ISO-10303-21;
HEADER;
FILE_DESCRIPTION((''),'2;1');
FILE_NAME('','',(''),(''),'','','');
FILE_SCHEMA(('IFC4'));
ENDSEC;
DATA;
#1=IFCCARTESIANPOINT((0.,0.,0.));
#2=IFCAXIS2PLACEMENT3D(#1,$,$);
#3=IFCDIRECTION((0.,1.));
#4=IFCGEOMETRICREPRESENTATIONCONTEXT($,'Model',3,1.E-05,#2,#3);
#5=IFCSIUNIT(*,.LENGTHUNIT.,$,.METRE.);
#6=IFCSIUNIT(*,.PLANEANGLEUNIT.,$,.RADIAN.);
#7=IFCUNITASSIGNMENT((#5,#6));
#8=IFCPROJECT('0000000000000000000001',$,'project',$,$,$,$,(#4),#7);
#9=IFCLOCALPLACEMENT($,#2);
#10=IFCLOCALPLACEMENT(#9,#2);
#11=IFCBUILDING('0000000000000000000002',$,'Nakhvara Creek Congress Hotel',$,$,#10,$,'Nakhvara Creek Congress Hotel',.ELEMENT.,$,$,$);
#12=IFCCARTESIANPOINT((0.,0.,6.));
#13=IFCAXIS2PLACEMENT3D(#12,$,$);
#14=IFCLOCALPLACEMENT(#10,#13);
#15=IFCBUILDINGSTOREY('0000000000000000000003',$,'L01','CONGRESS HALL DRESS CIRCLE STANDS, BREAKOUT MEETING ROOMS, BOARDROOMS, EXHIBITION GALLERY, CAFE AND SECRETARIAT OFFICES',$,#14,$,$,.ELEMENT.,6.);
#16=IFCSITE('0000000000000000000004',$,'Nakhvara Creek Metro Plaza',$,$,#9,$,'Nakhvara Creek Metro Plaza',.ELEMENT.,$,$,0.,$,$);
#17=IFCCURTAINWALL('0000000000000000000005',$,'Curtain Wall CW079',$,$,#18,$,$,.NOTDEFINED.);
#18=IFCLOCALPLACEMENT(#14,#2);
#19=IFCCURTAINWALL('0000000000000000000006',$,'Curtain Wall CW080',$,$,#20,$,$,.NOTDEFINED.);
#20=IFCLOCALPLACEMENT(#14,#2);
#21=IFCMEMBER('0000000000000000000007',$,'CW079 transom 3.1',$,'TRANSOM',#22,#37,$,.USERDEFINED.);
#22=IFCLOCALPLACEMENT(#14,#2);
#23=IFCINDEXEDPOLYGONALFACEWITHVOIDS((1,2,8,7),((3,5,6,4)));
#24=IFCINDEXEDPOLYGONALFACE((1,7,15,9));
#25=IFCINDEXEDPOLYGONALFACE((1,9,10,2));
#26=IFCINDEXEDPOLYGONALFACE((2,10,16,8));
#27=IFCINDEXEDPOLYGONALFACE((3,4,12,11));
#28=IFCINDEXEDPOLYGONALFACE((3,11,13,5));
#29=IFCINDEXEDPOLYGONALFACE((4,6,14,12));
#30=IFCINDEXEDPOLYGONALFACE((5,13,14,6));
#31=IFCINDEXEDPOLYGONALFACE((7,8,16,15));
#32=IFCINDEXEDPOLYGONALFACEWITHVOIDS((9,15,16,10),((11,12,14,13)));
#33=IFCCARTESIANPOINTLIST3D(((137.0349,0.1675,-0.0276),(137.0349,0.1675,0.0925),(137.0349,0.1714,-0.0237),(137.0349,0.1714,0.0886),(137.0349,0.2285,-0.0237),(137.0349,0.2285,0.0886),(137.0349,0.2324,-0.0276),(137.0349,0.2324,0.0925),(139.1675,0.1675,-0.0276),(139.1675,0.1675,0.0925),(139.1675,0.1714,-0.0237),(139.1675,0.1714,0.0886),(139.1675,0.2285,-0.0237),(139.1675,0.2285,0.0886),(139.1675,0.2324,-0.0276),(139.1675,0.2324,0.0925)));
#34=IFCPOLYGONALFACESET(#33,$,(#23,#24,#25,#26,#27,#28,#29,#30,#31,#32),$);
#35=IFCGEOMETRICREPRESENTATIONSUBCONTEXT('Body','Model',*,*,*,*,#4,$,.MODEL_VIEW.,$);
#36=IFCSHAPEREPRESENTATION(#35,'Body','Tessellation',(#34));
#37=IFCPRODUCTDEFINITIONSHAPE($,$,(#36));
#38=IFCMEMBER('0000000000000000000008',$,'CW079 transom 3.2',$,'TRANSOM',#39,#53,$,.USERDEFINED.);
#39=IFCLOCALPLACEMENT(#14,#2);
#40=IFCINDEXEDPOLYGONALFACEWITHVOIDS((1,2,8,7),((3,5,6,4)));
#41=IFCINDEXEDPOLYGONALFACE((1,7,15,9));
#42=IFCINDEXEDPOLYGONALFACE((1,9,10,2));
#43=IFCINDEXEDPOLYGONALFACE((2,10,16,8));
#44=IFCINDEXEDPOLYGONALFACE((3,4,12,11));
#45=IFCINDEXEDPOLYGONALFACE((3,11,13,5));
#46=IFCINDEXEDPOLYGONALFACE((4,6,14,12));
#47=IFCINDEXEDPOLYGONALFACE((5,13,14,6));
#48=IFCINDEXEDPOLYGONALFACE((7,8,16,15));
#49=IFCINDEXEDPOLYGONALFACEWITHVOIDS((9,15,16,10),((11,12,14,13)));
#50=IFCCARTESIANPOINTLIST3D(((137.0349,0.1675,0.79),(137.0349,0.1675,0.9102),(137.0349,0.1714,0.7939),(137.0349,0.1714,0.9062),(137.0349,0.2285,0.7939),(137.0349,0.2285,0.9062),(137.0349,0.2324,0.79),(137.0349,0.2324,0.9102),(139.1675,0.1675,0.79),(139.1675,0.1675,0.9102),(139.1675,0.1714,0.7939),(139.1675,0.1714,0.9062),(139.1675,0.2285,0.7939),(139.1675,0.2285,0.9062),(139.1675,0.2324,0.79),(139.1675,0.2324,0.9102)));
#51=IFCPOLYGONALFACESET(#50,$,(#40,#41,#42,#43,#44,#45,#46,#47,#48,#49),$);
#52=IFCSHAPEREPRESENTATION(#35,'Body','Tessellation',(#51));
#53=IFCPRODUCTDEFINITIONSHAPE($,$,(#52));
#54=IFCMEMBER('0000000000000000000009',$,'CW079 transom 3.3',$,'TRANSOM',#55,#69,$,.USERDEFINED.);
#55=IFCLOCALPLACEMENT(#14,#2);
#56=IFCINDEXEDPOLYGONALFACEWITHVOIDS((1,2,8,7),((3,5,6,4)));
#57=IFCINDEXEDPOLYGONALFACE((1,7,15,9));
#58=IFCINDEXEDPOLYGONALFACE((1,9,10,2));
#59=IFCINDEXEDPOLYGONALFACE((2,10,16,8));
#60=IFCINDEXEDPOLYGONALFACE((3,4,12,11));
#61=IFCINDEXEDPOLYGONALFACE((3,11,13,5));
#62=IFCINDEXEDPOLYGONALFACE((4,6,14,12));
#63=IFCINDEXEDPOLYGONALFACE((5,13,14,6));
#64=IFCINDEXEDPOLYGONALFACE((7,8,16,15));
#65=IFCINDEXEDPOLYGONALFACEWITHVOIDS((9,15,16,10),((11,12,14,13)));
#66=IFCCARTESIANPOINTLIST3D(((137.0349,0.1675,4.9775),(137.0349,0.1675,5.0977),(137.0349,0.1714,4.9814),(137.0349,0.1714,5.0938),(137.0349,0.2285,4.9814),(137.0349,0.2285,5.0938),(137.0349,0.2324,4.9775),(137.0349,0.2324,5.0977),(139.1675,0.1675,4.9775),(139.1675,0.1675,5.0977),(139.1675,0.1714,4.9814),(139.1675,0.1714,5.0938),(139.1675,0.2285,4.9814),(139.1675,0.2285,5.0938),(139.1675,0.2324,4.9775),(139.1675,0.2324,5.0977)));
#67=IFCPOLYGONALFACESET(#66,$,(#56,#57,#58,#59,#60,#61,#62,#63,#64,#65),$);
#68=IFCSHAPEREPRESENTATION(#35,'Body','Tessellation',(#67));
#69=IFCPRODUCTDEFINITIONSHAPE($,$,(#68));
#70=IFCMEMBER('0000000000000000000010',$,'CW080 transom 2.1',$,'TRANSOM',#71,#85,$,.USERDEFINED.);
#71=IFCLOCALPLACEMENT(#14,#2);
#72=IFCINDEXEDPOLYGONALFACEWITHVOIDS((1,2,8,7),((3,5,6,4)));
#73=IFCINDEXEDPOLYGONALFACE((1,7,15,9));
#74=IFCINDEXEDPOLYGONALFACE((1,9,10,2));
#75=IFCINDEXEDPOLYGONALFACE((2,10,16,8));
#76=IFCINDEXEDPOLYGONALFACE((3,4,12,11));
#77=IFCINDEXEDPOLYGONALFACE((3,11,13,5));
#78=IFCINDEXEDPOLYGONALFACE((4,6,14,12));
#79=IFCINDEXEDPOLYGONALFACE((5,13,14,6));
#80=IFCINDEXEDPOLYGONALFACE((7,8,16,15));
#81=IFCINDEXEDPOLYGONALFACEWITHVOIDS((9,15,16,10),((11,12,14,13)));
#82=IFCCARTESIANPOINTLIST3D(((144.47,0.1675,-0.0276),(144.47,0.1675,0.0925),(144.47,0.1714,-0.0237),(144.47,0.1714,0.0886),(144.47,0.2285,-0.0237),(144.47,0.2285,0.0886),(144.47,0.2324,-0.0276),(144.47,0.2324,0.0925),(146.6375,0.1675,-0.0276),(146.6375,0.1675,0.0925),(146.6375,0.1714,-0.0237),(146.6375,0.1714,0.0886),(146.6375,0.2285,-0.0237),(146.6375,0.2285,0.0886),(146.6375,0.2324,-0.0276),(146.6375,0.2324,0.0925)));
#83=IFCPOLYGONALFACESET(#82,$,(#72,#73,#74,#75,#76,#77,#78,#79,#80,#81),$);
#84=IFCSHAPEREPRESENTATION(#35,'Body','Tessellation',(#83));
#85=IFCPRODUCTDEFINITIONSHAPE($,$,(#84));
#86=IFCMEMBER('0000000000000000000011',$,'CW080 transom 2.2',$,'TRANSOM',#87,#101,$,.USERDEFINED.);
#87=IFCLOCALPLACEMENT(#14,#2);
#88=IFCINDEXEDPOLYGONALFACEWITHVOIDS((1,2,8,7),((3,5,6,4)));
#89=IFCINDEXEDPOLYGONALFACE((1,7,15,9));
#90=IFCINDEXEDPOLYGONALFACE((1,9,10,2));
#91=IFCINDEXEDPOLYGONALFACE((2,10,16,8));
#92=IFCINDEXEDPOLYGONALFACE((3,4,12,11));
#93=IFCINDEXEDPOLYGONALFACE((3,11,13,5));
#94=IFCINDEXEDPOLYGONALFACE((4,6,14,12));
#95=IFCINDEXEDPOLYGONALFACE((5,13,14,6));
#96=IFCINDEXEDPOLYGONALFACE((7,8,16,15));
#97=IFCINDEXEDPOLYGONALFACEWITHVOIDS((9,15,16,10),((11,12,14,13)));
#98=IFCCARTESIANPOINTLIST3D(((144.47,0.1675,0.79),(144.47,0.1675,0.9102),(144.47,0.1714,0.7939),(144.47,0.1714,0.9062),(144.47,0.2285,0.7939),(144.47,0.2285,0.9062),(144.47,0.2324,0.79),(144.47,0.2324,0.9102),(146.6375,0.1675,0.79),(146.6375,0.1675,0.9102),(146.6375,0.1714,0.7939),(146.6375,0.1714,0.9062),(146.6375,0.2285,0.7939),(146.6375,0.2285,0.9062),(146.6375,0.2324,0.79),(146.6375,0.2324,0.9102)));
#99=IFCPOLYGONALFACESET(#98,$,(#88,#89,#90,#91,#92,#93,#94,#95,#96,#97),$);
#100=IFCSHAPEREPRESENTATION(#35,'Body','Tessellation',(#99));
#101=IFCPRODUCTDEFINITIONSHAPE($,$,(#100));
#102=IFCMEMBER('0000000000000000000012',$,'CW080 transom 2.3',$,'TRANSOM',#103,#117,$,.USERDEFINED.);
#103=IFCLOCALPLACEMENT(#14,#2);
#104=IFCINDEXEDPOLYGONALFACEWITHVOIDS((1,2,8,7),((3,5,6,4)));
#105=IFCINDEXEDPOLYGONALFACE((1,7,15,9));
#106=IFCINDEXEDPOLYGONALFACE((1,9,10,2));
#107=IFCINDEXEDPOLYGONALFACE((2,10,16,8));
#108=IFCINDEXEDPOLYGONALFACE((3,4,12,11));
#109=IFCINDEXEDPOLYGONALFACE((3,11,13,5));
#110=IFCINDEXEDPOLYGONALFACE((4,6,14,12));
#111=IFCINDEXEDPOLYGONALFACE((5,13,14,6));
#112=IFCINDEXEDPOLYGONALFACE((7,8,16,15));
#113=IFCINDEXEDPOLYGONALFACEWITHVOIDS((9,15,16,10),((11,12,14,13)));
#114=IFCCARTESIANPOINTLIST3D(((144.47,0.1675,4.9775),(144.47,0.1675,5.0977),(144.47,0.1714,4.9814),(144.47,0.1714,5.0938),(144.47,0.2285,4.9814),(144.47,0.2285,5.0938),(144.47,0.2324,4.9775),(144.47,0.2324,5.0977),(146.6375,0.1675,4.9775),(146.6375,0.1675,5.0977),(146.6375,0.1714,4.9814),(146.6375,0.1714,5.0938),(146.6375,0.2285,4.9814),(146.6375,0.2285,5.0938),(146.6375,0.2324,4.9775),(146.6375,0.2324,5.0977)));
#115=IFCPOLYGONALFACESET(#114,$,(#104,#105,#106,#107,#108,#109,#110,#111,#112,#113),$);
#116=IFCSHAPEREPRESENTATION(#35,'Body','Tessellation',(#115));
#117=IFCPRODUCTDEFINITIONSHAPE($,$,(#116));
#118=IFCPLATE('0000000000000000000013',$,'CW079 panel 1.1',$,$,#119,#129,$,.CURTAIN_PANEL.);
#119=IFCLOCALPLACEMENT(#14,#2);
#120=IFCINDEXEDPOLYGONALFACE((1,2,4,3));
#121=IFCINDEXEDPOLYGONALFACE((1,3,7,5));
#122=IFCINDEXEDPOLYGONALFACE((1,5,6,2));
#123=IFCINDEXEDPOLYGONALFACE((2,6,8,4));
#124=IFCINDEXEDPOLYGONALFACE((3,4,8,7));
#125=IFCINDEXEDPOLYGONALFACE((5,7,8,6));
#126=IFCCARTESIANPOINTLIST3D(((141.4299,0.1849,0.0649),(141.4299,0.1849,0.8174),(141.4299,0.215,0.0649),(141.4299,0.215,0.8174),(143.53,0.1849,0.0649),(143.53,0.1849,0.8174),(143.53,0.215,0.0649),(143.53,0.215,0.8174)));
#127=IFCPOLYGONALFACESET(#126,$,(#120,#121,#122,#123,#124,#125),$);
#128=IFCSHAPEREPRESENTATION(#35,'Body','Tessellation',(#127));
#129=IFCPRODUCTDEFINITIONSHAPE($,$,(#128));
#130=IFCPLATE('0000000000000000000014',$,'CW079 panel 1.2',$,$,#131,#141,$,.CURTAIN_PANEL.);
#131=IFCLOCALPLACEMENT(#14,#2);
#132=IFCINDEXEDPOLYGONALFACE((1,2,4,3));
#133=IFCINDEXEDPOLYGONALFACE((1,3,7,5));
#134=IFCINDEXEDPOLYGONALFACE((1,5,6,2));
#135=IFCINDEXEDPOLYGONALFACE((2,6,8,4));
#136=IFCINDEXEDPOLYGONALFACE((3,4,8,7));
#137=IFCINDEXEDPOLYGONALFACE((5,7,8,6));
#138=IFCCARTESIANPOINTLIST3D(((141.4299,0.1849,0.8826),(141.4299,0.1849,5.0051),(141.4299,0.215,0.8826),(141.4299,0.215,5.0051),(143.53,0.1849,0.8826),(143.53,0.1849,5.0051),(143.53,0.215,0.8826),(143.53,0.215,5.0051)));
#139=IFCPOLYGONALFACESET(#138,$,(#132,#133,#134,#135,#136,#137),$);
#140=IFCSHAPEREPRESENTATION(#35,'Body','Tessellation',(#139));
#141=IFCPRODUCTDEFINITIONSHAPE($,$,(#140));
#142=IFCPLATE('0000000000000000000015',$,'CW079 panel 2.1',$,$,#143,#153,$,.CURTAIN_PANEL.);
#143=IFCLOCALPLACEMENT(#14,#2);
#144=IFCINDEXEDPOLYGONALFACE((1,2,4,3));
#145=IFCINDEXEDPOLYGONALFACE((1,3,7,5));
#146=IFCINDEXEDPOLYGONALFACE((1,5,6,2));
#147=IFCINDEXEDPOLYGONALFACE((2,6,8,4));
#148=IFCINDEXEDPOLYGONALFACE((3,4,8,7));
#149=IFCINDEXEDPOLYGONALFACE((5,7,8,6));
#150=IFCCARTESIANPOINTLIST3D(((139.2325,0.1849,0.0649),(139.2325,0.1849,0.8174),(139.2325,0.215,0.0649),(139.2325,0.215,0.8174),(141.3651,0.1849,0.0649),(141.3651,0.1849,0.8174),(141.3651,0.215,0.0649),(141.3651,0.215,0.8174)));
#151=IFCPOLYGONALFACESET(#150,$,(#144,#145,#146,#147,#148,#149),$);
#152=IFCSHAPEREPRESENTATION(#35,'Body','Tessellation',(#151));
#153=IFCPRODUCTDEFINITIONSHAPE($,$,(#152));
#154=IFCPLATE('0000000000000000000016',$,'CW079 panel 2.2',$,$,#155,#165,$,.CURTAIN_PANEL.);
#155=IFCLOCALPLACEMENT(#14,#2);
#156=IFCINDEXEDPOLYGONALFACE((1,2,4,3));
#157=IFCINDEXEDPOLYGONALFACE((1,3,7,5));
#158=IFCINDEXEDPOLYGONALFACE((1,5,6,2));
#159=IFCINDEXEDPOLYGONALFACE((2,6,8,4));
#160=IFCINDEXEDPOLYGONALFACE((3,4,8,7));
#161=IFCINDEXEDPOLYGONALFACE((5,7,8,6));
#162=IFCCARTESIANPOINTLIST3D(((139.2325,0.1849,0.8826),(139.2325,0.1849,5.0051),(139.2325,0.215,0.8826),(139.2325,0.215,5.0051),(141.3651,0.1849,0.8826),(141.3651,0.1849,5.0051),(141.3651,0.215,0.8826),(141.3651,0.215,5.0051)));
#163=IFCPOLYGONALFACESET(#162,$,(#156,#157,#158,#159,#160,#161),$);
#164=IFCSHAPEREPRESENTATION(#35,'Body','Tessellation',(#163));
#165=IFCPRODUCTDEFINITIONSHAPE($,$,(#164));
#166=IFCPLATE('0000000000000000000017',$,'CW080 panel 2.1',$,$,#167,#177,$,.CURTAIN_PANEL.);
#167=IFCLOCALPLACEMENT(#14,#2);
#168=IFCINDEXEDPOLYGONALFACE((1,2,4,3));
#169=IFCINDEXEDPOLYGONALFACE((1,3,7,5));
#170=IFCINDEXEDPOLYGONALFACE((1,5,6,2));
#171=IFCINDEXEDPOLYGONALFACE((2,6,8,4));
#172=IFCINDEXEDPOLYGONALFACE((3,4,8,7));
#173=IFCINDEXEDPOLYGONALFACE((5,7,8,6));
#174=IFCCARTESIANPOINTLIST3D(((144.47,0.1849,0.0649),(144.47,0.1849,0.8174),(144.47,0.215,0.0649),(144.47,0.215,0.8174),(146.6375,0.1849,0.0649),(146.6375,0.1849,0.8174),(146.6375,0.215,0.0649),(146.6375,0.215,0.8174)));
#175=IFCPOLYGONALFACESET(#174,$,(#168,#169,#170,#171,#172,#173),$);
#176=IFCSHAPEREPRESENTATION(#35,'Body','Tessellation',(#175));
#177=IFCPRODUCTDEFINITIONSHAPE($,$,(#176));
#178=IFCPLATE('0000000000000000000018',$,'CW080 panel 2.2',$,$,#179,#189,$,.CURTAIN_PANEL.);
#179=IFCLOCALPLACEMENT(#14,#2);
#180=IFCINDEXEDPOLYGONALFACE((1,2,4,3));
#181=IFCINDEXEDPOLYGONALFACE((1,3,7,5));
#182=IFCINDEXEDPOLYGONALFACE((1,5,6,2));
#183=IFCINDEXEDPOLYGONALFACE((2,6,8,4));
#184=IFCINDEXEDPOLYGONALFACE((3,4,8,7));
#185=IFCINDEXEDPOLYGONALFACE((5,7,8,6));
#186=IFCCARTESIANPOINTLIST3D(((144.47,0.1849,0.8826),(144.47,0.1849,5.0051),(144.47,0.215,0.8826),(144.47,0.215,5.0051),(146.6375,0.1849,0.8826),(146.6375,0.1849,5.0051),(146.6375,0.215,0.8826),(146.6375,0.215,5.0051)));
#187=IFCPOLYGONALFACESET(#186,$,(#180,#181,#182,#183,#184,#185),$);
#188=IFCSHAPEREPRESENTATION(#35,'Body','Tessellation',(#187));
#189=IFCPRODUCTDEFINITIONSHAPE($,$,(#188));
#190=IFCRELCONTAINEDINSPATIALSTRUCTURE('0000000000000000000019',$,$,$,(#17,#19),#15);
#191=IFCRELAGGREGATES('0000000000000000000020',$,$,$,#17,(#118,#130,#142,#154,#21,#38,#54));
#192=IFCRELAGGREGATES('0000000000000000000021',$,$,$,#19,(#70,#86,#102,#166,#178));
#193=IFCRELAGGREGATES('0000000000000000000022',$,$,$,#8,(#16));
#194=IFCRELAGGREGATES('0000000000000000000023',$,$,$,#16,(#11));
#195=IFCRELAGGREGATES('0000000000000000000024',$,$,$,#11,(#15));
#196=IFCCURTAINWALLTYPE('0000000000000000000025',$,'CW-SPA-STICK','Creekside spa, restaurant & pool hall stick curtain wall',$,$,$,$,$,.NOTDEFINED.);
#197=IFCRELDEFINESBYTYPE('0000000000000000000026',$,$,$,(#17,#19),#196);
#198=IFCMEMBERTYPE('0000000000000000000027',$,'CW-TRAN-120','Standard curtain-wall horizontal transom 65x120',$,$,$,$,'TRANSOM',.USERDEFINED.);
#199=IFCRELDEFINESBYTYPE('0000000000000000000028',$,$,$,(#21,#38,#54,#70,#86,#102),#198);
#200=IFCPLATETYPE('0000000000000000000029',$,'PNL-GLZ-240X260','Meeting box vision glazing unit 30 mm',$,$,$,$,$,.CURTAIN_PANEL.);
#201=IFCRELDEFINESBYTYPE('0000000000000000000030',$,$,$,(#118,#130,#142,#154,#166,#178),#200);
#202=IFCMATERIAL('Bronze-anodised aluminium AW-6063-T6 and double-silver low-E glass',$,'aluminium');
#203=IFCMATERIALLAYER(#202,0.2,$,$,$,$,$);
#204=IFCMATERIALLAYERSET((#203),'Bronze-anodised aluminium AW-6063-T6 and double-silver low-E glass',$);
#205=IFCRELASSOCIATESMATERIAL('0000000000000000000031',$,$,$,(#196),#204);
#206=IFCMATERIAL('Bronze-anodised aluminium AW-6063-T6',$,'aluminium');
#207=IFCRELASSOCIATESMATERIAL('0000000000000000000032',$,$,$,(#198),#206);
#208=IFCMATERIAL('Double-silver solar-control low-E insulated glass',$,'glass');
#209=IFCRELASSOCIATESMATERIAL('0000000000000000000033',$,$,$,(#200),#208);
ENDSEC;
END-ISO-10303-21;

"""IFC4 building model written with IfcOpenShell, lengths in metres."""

from ifc_helpers import new_model, si_unit, direction, frame, origin, origin_2d, place, context, subcontext, project, spatial, rectangle, hollow_rectangle, extrude, material, layer, layer_set, material_profile, profile_set, type_object, element, aggregate, save


model = new_model("IFC4")

# Units and contexts
model_context = context("Model", 3, precision=1e-05, world=origin(), true_north=direction((0.0, 1.0)))
body_context = subcontext(model_context, "Body", "Model", "MODEL_VIEW")
ifc_project = project(units=[si_unit("LENGTHUNIT", "METRE"), si_unit("PLANEANGLEUNIT", "RADIAN")], contexts=[model_context])

# Site, building, storey
site_placement = place(None, origin())
site = spatial("IfcSite", under=ifc_project, at=site_placement, Name="Nakhvara Creek Metro Plaza", LongName="Nakhvara Creek Metro Plaza", CompositionType="ELEMENT", RefElevation=0.0)
building_placement = place(site_placement, origin())
building = spatial("IfcBuilding", under=site, at=building_placement, Name="Nakhvara Creek Congress Hotel", LongName="Nakhvara Creek Congress Hotel", CompositionType="ELEMENT")
storey_placement = place(building_placement, frame((0.0, 0.0, 6.0)))
storey = spatial("IfcBuildingStorey", under=building, at=storey_placement, Name="L01", Description="CONGRESS HALL DRESS CIRCLE STANDS, BREAKOUT MEETING ROOMS, BOARDROOMS, EXHIBITION GALLERY, CAFE AND SECRETARIAT OFFICES", CompositionType="ELEMENT", Elevation=6.0)

# Curtain walls
ifc_material_1 = material(Name="Bronze-anodised aluminium AW-6063-T6 and double-silver low-E glass", Category="aluminium")
ifc_layer = layer(ifc_material_1, 0.2)
ifc_layer_set = layer_set([ifc_layer], Name="Bronze-anodised aluminium AW-6063-T6 and double-silver low-E glass")
curtain_wall_type = type_object("IfcCurtainWallType", Name="CW-SPA-STICK", Description="Creekside spa, restaurant & pool hall stick curtain wall", PredefinedType="NOTDEFINED", material=ifc_layer_set)
curtain_wall_1_placement = place(storey_placement, origin())
curtain_wall_1 = element("IfcCurtainWall", 1, at=curtain_wall_1_placement, inside=storey, type_object=curtain_wall_type, Name="Curtain Wall CW079", PredefinedType="NOTDEFINED")
ifc_material_2 = material(Name="Bronze-anodised aluminium AW-6063-T6", Category="aluminium")
curtain_wall_2_placement = place(storey_placement, origin())
curtain_wall_2 = element("IfcCurtainWall", 2, at=curtain_wall_2_placement, inside=storey, type_object=curtain_wall_type, Name="Curtain Wall CW080", PredefinedType="NOTDEFINED")

# Members
ifc_material_profile_1 = material_profile(ifc_material_2, hollow_rectangle(XDim=0.0649, YDim=0.1201, WallThickness=0.0039, at=origin_2d()), Name="ALU-TRAN 65x120x4", Category="LoadBearing")
ifc_profile_set_1 = profile_set([ifc_material_profile_1], Name="Bronze-anodised aluminium AW-6063-T6")
member_type_1 = type_object("IfcMemberType", Name="CW-TRAN-120", Description="Standard curtain-wall horizontal transom 65x120", ElementType="TRANSOM", PredefinedType="USERDEFINED", material=ifc_profile_set_1)
member_1_placement = place(storey_placement, frame((139.1675, 0.2, 0.0325), z_axis=(-1.0, 0.0, 0.0), x_axis=(0.0, -1.0, 0.0)))
member_1 = element("IfcMember", 3, at=member_1_placement, type_object=member_type_1, Name="CW079 transom 3.1", ObjectType="TRANSOM", PredefinedType="USERDEFINED", context=body_context, shape_type="SweptSolid", body=[
    extrude(hollow_rectangle(XDim=0.0649, YDim=0.1201, WallThickness=0.0039, at=origin_2d()), origin(), (0.0, 0.0, 1.0), 2.1326),
])
member_2_placement = place(storey_placement, frame((139.1675, 0.2, 0.8501), z_axis=(-1.0, 0.0, 0.0), x_axis=(0.0, -1.0, 0.0)))
member_2 = element("IfcMember", 4, at=member_2_placement, type_object=member_type_1, Name="CW079 transom 3.2", ObjectType="TRANSOM", PredefinedType="USERDEFINED", context=body_context, shape_type="SweptSolid", body=[
    extrude(hollow_rectangle(XDim=0.0649, YDim=0.1201, WallThickness=0.0039, at=origin_2d()), origin(), (0.0, 0.0, 1.0), 2.1326),
])
member_3_placement = place(storey_placement, frame((139.1675, 0.2, 5.0376), z_axis=(-1.0, 0.0, 0.0), x_axis=(0.0, -1.0, 0.0)))
member_3 = element("IfcMember", 5, at=member_3_placement, type_object=member_type_1, Name="CW079 transom 3.3", ObjectType="TRANSOM", PredefinedType="USERDEFINED", context=body_context, shape_type="SweptSolid", body=[
    extrude(hollow_rectangle(XDim=0.0649, YDim=0.1201, WallThickness=0.0039, at=origin_2d()), origin(), (0.0, 0.0, 1.0), 2.1326),
])
member_4_placement = place(storey_placement, frame((146.6375, 0.2, 0.0325), z_axis=(-1.0, 0.0, 0.0), x_axis=(0.0, -1.0, 0.0)))
member_4 = element("IfcMember", 6, at=member_4_placement, type_object=member_type_1, Name="CW080 transom 2.1", ObjectType="TRANSOM", PredefinedType="USERDEFINED", context=body_context, shape_type="SweptSolid", body=[
    extrude(hollow_rectangle(XDim=0.0649, YDim=0.1201, WallThickness=0.0039, at=origin_2d()), origin(), (0.0, 0.0, 1.0), 2.1675),
])
member_5_placement = place(storey_placement, frame((146.6375, 0.2, 0.8501), z_axis=(-1.0, 0.0, 0.0), x_axis=(0.0, -1.0, 0.0)))
member_5 = element("IfcMember", 7, at=member_5_placement, type_object=member_type_1, Name="CW080 transom 2.2", ObjectType="TRANSOM", PredefinedType="USERDEFINED", context=body_context, shape_type="SweptSolid", body=[
    extrude(hollow_rectangle(XDim=0.0649, YDim=0.1201, WallThickness=0.0039, at=origin_2d()), origin(), (0.0, 0.0, 1.0), 2.1675),
])
member_6_placement = place(storey_placement, frame((146.6375, 0.2, 5.0376), z_axis=(-1.0, 0.0, 0.0), x_axis=(0.0, -1.0, 0.0)))
member_6 = element("IfcMember", 8, at=member_6_placement, type_object=member_type_1, Name="CW080 transom 2.3", ObjectType="TRANSOM", PredefinedType="USERDEFINED", context=body_context, shape_type="SweptSolid", body=[
    extrude(hollow_rectangle(XDim=0.0649, YDim=0.1201, WallThickness=0.0039, at=origin_2d()), origin(), (0.0, 0.0, 1.0), 2.1675),
])

# Plates
ifc_material_3 = material(Name="Double-silver solar-control low-E insulated glass", Category="glass")
plate_type = type_object("IfcPlateType", Name="PNL-GLZ-240X260", Description="Meeting box vision glazing unit 30 mm", PredefinedType="CURTAIN_PANEL", material=ifc_material_3)
plate_1_placement = place(storey_placement, frame((142.48, 0.2, 0.0649), z_axis=(0.0, 0.0, 1.0), x_axis=(-1.0, 0.0, 0.0)))
plate_1 = element("IfcPlate", 9, at=plate_1_placement, type_object=plate_type, Name="CW079 panel 1.1", PredefinedType="CURTAIN_PANEL", context=body_context, shape_type="SweptSolid", body=[
    extrude(rectangle(XDim=2.1001, YDim=0.03, at=origin_2d()), origin(), (0.0, 0.0, 1.0), 0.7524),
])
plate_2_placement = place(storey_placement, frame((142.48, 0.2, 0.8826), z_axis=(0.0, 0.0, 1.0), x_axis=(-1.0, 0.0, 0.0)))
plate_2 = element("IfcPlate", 10, at=plate_2_placement, type_object=plate_type, Name="CW079 panel 1.2", PredefinedType="CURTAIN_PANEL", context=body_context, shape_type="SweptSolid", body=[
    extrude(rectangle(XDim=2.1001, YDim=0.03, at=origin_2d()), origin(), (0.0, 0.0, 1.0), 4.1226),
])
plate_3_placement = place(storey_placement, frame((140.2988, 0.2, 0.0649), z_axis=(0.0, 0.0, 1.0), x_axis=(-1.0, 0.0, 0.0)))
plate_3 = element("IfcPlate", 11, at=plate_3_placement, type_object=plate_type, Name="CW079 panel 2.1", PredefinedType="CURTAIN_PANEL", context=body_context, shape_type="SweptSolid", body=[
    extrude(rectangle(XDim=2.1326, YDim=0.03, at=origin_2d()), origin(), (0.0, 0.0, 1.0), 0.7524),
])
plate_4_placement = place(storey_placement, frame((140.2988, 0.2, 0.8826), z_axis=(0.0, 0.0, 1.0), x_axis=(-1.0, 0.0, 0.0)))
plate_4 = element("IfcPlate", 12, at=plate_4_placement, type_object=plate_type, Name="CW079 panel 2.2", PredefinedType="CURTAIN_PANEL", context=body_context, shape_type="SweptSolid", body=[
    extrude(rectangle(XDim=2.1326, YDim=0.03, at=origin_2d()), origin(), (0.0, 0.0, 1.0), 4.1226),
])
aggregate(curtain_wall_1, [plate_1, plate_2, plate_3, plate_4, member_1, member_2, member_3])
plate_5_placement = place(storey_placement, frame((145.5537, 0.2, 0.0649), z_axis=(0.0, 0.0, 1.0), x_axis=(-1.0, 0.0, 0.0)))
plate_5 = element("IfcPlate", 13, at=plate_5_placement, type_object=plate_type, Name="CW080 panel 2.1", PredefinedType="CURTAIN_PANEL", context=body_context, shape_type="SweptSolid", body=[
    extrude(rectangle(XDim=2.1675, YDim=0.03, at=origin_2d()), origin(), (0.0, 0.0, 1.0), 0.7524),
])
plate_6_placement = place(storey_placement, frame((145.5537, 0.2, 0.8826), z_axis=(0.0, 0.0, 1.0), x_axis=(-1.0, 0.0, 0.0)))
plate_6 = element("IfcPlate", 14, at=plate_6_placement, type_object=plate_type, Name="CW080 panel 2.2", PredefinedType="CURTAIN_PANEL", context=body_context, shape_type="SweptSolid", body=[
    extrude(rectangle(XDim=2.1675, YDim=0.03, at=origin_2d()), origin(), (0.0, 0.0, 1.0), 4.1226),
])
aggregate(curtain_wall_2, [member_4, member_5, member_6, plate_5, plate_6])

save(model, "model.ifc")
